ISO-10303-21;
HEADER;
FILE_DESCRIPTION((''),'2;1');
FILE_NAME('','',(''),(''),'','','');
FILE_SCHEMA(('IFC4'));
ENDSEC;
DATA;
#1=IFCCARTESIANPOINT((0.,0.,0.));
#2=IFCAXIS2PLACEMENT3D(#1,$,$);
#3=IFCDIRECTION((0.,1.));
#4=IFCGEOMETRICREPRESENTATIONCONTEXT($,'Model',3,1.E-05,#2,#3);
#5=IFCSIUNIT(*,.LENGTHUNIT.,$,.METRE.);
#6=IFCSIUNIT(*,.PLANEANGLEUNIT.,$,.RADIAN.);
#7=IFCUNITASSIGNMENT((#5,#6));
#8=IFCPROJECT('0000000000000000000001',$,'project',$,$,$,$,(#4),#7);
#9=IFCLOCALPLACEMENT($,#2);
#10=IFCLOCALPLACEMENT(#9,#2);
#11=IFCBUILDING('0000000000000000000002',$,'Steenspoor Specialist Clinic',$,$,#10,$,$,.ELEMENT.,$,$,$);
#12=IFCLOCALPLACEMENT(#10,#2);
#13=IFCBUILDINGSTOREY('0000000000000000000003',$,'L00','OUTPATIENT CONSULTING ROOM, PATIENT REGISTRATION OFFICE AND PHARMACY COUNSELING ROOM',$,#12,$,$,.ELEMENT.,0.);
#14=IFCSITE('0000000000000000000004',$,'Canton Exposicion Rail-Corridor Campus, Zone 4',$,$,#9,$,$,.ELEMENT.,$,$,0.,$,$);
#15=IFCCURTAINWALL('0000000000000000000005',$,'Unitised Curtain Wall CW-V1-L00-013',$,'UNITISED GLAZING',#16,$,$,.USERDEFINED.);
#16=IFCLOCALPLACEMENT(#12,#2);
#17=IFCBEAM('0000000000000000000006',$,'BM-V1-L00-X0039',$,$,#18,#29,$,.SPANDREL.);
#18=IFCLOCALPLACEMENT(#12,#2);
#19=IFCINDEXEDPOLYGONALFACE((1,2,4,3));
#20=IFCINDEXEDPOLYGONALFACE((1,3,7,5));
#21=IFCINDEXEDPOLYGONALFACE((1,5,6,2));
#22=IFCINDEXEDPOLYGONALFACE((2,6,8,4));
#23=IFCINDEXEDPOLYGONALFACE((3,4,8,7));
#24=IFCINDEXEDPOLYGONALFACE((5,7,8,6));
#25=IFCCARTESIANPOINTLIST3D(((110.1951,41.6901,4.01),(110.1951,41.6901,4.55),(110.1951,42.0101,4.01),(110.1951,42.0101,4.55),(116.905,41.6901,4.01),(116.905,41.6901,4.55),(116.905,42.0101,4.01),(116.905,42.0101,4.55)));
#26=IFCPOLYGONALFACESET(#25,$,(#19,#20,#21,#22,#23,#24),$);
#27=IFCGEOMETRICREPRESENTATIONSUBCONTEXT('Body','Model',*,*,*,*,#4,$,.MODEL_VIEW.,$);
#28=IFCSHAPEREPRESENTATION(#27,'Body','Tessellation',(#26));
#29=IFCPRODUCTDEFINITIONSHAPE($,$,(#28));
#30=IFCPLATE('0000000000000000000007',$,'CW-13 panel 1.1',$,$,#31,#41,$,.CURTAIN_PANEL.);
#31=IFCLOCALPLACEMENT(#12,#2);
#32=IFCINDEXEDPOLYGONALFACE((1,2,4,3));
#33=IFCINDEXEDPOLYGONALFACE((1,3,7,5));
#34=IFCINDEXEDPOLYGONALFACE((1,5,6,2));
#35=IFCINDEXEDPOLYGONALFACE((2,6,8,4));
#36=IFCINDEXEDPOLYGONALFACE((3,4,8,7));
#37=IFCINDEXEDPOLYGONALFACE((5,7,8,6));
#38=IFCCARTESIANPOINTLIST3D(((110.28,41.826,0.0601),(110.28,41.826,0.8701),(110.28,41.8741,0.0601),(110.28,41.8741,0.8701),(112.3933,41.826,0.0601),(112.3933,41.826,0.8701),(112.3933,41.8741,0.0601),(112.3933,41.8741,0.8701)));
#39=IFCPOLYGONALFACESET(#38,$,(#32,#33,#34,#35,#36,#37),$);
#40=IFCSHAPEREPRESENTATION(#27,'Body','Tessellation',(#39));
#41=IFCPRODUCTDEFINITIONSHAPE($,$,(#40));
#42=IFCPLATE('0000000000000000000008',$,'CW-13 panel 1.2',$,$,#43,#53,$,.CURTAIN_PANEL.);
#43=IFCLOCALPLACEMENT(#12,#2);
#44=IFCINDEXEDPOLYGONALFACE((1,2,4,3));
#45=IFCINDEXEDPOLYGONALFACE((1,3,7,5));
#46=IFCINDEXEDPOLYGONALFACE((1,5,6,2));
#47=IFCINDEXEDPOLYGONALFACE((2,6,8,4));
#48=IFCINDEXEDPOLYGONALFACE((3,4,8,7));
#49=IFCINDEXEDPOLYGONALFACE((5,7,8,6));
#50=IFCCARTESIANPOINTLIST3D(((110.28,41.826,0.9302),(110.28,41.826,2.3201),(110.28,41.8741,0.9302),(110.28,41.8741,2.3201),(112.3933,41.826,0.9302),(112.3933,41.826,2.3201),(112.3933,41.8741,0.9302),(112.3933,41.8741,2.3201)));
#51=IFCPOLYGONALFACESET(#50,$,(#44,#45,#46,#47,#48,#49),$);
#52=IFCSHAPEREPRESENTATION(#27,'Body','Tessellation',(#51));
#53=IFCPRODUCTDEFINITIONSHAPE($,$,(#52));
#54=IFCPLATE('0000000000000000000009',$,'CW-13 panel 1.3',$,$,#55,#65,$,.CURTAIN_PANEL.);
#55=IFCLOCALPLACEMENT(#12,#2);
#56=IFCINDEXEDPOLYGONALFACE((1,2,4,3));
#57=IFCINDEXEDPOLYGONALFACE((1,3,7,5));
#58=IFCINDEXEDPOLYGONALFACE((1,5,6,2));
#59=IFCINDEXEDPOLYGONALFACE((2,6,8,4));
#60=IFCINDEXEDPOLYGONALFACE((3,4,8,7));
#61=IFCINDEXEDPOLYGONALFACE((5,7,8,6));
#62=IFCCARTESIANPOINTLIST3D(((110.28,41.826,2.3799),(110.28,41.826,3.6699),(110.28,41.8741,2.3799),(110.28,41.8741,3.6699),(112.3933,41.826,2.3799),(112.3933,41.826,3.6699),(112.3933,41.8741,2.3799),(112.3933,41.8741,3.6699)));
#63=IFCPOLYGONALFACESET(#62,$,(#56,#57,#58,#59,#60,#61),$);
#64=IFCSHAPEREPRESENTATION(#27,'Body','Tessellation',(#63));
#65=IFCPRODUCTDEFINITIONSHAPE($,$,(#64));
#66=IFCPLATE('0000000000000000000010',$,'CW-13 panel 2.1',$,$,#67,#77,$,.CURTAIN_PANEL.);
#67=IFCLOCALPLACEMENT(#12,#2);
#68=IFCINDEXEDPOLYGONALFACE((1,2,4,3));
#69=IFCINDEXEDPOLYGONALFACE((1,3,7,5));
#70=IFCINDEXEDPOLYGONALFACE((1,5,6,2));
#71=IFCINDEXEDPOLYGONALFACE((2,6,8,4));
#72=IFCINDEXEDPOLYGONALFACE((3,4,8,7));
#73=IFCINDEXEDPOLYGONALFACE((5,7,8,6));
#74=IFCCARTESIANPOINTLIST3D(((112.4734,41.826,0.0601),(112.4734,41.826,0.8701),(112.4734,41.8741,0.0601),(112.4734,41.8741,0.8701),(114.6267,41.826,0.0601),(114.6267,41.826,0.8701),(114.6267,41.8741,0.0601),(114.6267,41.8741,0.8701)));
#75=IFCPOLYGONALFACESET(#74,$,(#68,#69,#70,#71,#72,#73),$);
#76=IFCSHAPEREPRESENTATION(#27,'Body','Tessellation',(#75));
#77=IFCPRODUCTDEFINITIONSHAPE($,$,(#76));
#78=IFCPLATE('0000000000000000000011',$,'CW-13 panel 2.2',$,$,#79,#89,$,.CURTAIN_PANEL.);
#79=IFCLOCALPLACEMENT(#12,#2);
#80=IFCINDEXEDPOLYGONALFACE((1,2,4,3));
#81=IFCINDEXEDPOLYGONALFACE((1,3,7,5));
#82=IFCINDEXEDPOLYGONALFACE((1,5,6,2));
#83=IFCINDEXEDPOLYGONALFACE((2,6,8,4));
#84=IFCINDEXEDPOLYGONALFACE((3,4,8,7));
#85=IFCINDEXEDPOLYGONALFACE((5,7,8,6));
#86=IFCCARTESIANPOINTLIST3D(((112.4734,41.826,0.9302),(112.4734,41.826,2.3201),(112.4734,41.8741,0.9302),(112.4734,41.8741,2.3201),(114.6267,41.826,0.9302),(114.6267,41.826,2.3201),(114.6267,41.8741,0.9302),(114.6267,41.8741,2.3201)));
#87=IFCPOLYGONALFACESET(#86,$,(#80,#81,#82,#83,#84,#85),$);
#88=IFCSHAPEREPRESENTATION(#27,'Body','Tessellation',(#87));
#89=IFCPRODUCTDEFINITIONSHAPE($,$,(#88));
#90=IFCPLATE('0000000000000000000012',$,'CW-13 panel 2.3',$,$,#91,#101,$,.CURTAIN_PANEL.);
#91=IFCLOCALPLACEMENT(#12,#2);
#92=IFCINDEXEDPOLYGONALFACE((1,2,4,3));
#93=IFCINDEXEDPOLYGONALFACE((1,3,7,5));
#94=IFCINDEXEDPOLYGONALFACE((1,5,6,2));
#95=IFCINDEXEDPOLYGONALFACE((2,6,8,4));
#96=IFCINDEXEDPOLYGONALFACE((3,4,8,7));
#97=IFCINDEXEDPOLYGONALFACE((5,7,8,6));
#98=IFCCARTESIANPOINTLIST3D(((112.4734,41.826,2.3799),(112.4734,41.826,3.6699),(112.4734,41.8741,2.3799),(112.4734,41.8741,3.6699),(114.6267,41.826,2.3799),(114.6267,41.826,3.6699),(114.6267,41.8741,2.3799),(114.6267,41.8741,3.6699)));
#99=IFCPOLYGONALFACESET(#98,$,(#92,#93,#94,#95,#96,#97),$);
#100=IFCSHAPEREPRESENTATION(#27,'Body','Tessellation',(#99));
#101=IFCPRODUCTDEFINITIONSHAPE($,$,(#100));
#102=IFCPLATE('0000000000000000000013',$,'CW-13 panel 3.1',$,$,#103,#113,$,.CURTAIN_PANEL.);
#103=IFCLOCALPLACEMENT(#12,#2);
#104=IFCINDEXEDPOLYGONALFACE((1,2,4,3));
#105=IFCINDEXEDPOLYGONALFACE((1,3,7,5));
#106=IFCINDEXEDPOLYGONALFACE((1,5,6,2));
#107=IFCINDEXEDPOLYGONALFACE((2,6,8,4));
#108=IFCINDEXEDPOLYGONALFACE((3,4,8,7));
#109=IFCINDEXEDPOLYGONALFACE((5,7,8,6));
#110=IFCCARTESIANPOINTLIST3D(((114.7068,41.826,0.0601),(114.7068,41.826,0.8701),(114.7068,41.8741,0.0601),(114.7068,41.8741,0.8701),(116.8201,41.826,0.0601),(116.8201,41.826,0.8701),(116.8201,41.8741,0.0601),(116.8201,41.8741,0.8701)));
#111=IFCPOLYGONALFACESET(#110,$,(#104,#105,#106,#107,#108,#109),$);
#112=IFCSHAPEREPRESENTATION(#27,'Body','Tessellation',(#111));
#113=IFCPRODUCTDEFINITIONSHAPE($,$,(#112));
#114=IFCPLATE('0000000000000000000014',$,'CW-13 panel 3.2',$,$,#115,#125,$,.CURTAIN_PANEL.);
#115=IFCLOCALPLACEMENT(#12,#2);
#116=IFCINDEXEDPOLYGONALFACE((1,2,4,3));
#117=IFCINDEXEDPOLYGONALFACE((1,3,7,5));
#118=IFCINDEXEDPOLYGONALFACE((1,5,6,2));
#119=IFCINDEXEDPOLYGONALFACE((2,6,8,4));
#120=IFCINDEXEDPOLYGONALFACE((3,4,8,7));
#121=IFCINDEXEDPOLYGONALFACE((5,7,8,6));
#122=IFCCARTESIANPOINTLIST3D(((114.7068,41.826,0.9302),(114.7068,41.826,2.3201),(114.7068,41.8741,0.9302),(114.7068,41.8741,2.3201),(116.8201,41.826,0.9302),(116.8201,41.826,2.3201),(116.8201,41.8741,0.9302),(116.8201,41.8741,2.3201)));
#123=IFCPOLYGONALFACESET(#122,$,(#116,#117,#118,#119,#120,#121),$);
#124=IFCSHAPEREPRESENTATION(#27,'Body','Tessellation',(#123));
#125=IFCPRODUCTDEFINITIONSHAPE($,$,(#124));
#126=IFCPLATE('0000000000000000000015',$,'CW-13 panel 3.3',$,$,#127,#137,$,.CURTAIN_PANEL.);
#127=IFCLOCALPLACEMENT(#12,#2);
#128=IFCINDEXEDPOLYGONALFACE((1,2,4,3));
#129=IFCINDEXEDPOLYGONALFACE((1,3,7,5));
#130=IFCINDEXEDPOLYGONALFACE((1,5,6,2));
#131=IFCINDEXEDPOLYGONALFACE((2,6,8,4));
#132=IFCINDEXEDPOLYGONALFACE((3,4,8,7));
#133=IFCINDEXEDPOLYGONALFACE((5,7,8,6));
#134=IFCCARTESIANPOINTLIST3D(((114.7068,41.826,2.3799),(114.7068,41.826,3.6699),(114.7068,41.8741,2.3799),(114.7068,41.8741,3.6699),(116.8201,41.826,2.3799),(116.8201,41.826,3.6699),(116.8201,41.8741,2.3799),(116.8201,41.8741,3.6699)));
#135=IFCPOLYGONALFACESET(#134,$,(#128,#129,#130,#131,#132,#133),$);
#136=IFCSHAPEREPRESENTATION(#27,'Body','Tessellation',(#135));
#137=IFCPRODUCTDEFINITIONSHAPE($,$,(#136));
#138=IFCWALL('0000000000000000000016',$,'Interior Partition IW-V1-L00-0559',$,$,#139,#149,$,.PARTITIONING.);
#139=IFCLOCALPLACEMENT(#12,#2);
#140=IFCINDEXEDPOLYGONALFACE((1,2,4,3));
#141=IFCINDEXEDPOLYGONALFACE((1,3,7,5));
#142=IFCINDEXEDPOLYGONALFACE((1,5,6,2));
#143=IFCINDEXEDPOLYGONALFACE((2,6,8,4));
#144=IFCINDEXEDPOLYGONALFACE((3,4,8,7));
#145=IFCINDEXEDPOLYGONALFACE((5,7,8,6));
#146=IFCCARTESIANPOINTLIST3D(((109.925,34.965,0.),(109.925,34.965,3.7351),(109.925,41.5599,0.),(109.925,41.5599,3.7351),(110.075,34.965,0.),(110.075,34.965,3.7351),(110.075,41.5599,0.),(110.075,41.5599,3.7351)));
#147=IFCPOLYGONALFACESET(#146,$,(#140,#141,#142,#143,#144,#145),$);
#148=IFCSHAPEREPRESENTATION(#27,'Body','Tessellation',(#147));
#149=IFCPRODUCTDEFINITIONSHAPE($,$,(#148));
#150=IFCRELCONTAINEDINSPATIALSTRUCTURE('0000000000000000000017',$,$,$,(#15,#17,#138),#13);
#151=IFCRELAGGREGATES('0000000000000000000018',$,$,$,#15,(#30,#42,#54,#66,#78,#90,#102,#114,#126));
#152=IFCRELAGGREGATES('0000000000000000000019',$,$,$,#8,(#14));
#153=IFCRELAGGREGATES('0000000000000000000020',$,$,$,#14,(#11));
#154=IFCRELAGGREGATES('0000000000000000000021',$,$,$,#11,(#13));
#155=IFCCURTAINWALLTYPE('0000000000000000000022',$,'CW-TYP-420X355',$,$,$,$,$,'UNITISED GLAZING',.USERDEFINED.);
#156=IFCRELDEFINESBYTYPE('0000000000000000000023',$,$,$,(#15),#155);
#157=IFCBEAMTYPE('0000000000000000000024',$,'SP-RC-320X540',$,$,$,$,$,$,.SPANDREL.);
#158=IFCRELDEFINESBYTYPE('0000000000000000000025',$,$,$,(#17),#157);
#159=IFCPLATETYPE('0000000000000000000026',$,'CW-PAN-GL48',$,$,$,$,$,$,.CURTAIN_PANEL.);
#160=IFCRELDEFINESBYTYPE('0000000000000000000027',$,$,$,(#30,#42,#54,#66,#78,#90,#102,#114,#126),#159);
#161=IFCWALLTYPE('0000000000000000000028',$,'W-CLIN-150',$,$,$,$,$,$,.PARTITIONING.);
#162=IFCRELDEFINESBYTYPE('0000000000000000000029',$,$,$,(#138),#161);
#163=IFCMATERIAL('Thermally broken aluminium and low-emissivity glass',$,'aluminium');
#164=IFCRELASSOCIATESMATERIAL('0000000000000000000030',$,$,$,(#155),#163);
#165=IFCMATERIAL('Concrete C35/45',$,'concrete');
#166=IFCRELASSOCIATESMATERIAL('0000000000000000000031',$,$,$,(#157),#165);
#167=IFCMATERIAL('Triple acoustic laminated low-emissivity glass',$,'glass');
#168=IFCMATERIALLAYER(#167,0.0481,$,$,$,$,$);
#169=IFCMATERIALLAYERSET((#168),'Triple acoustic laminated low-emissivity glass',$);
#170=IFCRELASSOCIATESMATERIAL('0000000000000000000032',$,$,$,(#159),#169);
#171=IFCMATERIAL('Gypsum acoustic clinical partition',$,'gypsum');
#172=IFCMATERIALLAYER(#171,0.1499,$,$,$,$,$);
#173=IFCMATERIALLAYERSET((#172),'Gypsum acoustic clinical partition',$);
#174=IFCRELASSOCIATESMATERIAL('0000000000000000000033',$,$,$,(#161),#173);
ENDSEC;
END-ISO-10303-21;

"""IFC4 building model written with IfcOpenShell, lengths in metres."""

from ifc_helpers import new_model, si_unit, direction, frame, frame_2d, origin, origin_2d, place, context, subcontext, project, spatial, rectangle, extrude, material, layer, layer_set, material_profile, profile_set, type_object, element, aggregate, save


model = new_model("IFC4")

# Units and contexts
model_context = context("Model", 3, precision=1e-05, world=origin(), true_north=direction((0.0, 1.0)))
body_context = subcontext(model_context, "Body", "Model", "MODEL_VIEW")
ifc_project = project(units=[si_unit("LENGTHUNIT", "METRE"), si_unit("PLANEANGLEUNIT", "RADIAN")], contexts=[model_context])

# Site, building, storey
site_placement = place(None, origin())
site = spatial("IfcSite", under=ifc_project, at=site_placement, Name="Canton Exposicion Rail-Corridor Campus, Zone 4", CompositionType="ELEMENT", RefElevation=0.0)
building_placement = place(site_placement, origin())
building = spatial("IfcBuilding", under=site, at=building_placement, Name="Steenspoor Specialist Clinic", CompositionType="ELEMENT")
storey_placement = place(building_placement, origin())
storey = spatial("IfcBuildingStorey", under=building, at=storey_placement, Name="L00", Description="OUTPATIENT CONSULTING ROOM, PATIENT REGISTRATION OFFICE AND PHARMACY COUNSELING ROOM", CompositionType="ELEMENT", Elevation=0.0)

# Shared definitions
ifc_material_1 = material(Name="Concrete C35/45", Category="concrete")

# Curtain wall
ifc_material_2 = material(Name="Thermally broken aluminium and low-emissivity glass", Category="aluminium")
curtain_wall_type = type_object("IfcCurtainWallType", Name="CW-TYP-420X355", ElementType="UNITISED GLAZING", PredefinedType="USERDEFINED", material=ifc_material_2)
curtain_wall_placement = place(storey_placement, origin())
curtain_wall = element("IfcCurtainWall", 1, at=curtain_wall_placement, inside=storey, type_object=curtain_wall_type, Name="Unitised Curtain Wall CW-V1-L00-013", ObjectType="UNITISED GLAZING", PredefinedType="USERDEFINED")

# Beam
ifc_material_profile_1 = material_profile(ifc_material_1, rectangle(XDim=0.3201, YDim=0.54, at=origin_2d()), Name="RC-SP-320X540")
ifc_profile_set_1 = profile_set([ifc_material_profile_1], Name="Concrete C35/45")
beam_type_1 = type_object("IfcBeamType", Name="SP-RC-320X540", PredefinedType="SPANDREL", material=ifc_profile_set_1)
beam_1_placement = place(storey_placement, frame((110.1951, 41.8501, 4.28), z_axis=(1.0, 0.0, 0.0), x_axis=(0.0, 1.0, 0.0)))
element("IfcBeam", 2, at=beam_1_placement, inside=storey, type_object=beam_type_1, Name="BM-V1-L00-X0039", PredefinedType="SPANDREL", context=body_context, shape_type="SweptSolid", body=[
    extrude(rectangle(XDim=0.3201, YDim=0.54, at=origin_2d()), origin(), (0.0, 0.0, 1.0), 6.71),
])

# Plates
ifc_material_3 = material(Name="Triple acoustic laminated low-emissivity glass", Category="glass")
ifc_layer_1 = layer(ifc_material_3, 0.0481)
ifc_layer_set_1 = layer_set([ifc_layer_1], Name="Triple acoustic laminated low-emissivity glass")
plate_type = type_object("IfcPlateType", Name="CW-PAN-GL48", PredefinedType="CURTAIN_PANEL", material=ifc_layer_set_1)
plate_1_placement = place(storey_placement, frame((111.3367, 41.8501, 0.0601), z_axis=(0.0, 0.0, 1.0), x_axis=(1.0, 0.0, 0.0)))
plate_1 = element("IfcPlate", 3, at=plate_1_placement, type_object=plate_type, Name="CW-13 panel 1.1", PredefinedType="CURTAIN_PANEL", context=body_context, shape_type="SweptSolid", body=[
    extrude(rectangle(XDim=2.1133, YDim=0.0481, at=origin_2d()), origin(), (0.0, 0.0, 1.0), 0.8101),
])
plate_2_placement = place(storey_placement, frame((111.3367, 41.8501, 0.9302), z_axis=(0.0, 0.0, 1.0), x_axis=(1.0, 0.0, 0.0)))
plate_2 = element("IfcPlate", 4, at=plate_2_placement, type_object=plate_type, Name="CW-13 panel 1.2", PredefinedType="CURTAIN_PANEL", context=body_context, shape_type="SweptSolid", body=[
    extrude(rectangle(XDim=2.1133, YDim=0.0481, at=origin_2d()), origin(), (0.0, 0.0, 1.0), 1.3899),
])
plate_3_placement = place(storey_placement, frame((111.3367, 41.8501, 2.3799), z_axis=(0.0, 0.0, 1.0), x_axis=(1.0, 0.0, 0.0)))
plate_3 = element("IfcPlate", 5, at=plate_3_placement, type_object=plate_type, Name="CW-13 panel 1.3", PredefinedType="CURTAIN_PANEL", context=body_context, shape_type="SweptSolid", body=[
    extrude(rectangle(XDim=2.1133, YDim=0.0481, at=origin_2d()), origin(), (0.0, 0.0, 1.0), 1.29),
])
plate_4_placement = place(storey_placement, frame((113.55, 41.8501, 0.0601), z_axis=(0.0, 0.0, 1.0), x_axis=(1.0, 0.0, 0.0)))
plate_4 = element("IfcPlate", 6, at=plate_4_placement, type_object=plate_type, Name="CW-13 panel 2.1", PredefinedType="CURTAIN_PANEL", context=body_context, shape_type="SweptSolid", body=[
    extrude(rectangle(XDim=2.1533, YDim=0.0481, at=origin_2d()), origin(), (0.0, 0.0, 1.0), 0.8101),
])
plate_5_placement = place(storey_placement, frame((113.55, 41.8501, 0.9302), z_axis=(0.0, 0.0, 1.0), x_axis=(1.0, 0.0, 0.0)))
plate_5 = element("IfcPlate", 7, at=plate_5_placement, type_object=plate_type, Name="CW-13 panel 2.2", PredefinedType="CURTAIN_PANEL", context=body_context, shape_type="SweptSolid", body=[
    extrude(rectangle(XDim=2.1533, YDim=0.0481, at=origin_2d()), origin(), (0.0, 0.0, 1.0), 1.3899),
])
plate_6_placement = place(storey_placement, frame((113.55, 41.8501, 2.3799), z_axis=(0.0, 0.0, 1.0), x_axis=(1.0, 0.0, 0.0)))
plate_6 = element("IfcPlate", 8, at=plate_6_placement, type_object=plate_type, Name="CW-13 panel 2.3", PredefinedType="CURTAIN_PANEL", context=body_context, shape_type="SweptSolid", body=[
    extrude(rectangle(XDim=2.1533, YDim=0.0481, at=origin_2d()), origin(), (0.0, 0.0, 1.0), 1.29),
])
plate_7_placement = place(storey_placement, frame((115.7634, 41.8501, 0.0601), z_axis=(0.0, 0.0, 1.0), x_axis=(1.0, 0.0, 0.0)))
plate_7 = element("IfcPlate", 9, at=plate_7_placement, type_object=plate_type, Name="CW-13 panel 3.1", PredefinedType="CURTAIN_PANEL", context=body_context, shape_type="SweptSolid", body=[
    extrude(rectangle(XDim=2.1133, YDim=0.0481, at=origin_2d()), origin(), (0.0, 0.0, 1.0), 0.8101),
])
plate_8_placement = place(storey_placement, frame((115.7634, 41.8501, 0.9302), z_axis=(0.0, 0.0, 1.0), x_axis=(1.0, 0.0, 0.0)))
plate_8 = element("IfcPlate", 10, at=plate_8_placement, type_object=plate_type, Name="CW-13 panel 3.2", PredefinedType="CURTAIN_PANEL", context=body_context, shape_type="SweptSolid", body=[
    extrude(rectangle(XDim=2.1133, YDim=0.0481, at=origin_2d()), origin(), (0.0, 0.0, 1.0), 1.3899),
])
plate_9_placement = place(storey_placement, frame((115.7634, 41.8501, 2.3799), z_axis=(0.0, 0.0, 1.0), x_axis=(1.0, 0.0, 0.0)))
plate_9 = element("IfcPlate", 11, at=plate_9_placement, type_object=plate_type, Name="CW-13 panel 3.3", PredefinedType="CURTAIN_PANEL", context=body_context, shape_type="SweptSolid", body=[
    extrude(rectangle(XDim=2.1133, YDim=0.0481, at=origin_2d()), origin(), (0.0, 0.0, 1.0), 1.29),
])
aggregate(curtain_wall, [plate_1, plate_2, plate_3, plate_4, plate_5, plate_6, plate_7, plate_8, plate_9])

# Wall
ifc_material_4 = material(Name="Gypsum acoustic clinical partition", Category="gypsum")
ifc_layer_2 = layer(ifc_material_4, 0.1499)
ifc_layer_set_2 = layer_set([ifc_layer_2], Name="Gypsum acoustic clinical partition")
wall_type = type_object("IfcWallType", Name="W-CLIN-150", PredefinedType="PARTITIONING", material=ifc_layer_set_2)
wall_placement = place(storey_placement, frame((110.0, 34.9651, 0.0), z_axis=(0.0, 0.0, 1.0), x_axis=(0.0, 1.0, 0.0)))
element("IfcWall", 12, at=wall_placement, inside=storey, type_object=wall_type, Name="Interior Partition IW-V1-L00-0559", PredefinedType="PARTITIONING", context=body_context, shape_type="SweptSolid", body=[
    extrude(rectangle(XDim=6.595, YDim=0.1499, at=frame_2d((3.2974, 0.0))), origin(), (0.0, 0.0, 1.0), 3.7351),
])

save(model, "model.ifc")
